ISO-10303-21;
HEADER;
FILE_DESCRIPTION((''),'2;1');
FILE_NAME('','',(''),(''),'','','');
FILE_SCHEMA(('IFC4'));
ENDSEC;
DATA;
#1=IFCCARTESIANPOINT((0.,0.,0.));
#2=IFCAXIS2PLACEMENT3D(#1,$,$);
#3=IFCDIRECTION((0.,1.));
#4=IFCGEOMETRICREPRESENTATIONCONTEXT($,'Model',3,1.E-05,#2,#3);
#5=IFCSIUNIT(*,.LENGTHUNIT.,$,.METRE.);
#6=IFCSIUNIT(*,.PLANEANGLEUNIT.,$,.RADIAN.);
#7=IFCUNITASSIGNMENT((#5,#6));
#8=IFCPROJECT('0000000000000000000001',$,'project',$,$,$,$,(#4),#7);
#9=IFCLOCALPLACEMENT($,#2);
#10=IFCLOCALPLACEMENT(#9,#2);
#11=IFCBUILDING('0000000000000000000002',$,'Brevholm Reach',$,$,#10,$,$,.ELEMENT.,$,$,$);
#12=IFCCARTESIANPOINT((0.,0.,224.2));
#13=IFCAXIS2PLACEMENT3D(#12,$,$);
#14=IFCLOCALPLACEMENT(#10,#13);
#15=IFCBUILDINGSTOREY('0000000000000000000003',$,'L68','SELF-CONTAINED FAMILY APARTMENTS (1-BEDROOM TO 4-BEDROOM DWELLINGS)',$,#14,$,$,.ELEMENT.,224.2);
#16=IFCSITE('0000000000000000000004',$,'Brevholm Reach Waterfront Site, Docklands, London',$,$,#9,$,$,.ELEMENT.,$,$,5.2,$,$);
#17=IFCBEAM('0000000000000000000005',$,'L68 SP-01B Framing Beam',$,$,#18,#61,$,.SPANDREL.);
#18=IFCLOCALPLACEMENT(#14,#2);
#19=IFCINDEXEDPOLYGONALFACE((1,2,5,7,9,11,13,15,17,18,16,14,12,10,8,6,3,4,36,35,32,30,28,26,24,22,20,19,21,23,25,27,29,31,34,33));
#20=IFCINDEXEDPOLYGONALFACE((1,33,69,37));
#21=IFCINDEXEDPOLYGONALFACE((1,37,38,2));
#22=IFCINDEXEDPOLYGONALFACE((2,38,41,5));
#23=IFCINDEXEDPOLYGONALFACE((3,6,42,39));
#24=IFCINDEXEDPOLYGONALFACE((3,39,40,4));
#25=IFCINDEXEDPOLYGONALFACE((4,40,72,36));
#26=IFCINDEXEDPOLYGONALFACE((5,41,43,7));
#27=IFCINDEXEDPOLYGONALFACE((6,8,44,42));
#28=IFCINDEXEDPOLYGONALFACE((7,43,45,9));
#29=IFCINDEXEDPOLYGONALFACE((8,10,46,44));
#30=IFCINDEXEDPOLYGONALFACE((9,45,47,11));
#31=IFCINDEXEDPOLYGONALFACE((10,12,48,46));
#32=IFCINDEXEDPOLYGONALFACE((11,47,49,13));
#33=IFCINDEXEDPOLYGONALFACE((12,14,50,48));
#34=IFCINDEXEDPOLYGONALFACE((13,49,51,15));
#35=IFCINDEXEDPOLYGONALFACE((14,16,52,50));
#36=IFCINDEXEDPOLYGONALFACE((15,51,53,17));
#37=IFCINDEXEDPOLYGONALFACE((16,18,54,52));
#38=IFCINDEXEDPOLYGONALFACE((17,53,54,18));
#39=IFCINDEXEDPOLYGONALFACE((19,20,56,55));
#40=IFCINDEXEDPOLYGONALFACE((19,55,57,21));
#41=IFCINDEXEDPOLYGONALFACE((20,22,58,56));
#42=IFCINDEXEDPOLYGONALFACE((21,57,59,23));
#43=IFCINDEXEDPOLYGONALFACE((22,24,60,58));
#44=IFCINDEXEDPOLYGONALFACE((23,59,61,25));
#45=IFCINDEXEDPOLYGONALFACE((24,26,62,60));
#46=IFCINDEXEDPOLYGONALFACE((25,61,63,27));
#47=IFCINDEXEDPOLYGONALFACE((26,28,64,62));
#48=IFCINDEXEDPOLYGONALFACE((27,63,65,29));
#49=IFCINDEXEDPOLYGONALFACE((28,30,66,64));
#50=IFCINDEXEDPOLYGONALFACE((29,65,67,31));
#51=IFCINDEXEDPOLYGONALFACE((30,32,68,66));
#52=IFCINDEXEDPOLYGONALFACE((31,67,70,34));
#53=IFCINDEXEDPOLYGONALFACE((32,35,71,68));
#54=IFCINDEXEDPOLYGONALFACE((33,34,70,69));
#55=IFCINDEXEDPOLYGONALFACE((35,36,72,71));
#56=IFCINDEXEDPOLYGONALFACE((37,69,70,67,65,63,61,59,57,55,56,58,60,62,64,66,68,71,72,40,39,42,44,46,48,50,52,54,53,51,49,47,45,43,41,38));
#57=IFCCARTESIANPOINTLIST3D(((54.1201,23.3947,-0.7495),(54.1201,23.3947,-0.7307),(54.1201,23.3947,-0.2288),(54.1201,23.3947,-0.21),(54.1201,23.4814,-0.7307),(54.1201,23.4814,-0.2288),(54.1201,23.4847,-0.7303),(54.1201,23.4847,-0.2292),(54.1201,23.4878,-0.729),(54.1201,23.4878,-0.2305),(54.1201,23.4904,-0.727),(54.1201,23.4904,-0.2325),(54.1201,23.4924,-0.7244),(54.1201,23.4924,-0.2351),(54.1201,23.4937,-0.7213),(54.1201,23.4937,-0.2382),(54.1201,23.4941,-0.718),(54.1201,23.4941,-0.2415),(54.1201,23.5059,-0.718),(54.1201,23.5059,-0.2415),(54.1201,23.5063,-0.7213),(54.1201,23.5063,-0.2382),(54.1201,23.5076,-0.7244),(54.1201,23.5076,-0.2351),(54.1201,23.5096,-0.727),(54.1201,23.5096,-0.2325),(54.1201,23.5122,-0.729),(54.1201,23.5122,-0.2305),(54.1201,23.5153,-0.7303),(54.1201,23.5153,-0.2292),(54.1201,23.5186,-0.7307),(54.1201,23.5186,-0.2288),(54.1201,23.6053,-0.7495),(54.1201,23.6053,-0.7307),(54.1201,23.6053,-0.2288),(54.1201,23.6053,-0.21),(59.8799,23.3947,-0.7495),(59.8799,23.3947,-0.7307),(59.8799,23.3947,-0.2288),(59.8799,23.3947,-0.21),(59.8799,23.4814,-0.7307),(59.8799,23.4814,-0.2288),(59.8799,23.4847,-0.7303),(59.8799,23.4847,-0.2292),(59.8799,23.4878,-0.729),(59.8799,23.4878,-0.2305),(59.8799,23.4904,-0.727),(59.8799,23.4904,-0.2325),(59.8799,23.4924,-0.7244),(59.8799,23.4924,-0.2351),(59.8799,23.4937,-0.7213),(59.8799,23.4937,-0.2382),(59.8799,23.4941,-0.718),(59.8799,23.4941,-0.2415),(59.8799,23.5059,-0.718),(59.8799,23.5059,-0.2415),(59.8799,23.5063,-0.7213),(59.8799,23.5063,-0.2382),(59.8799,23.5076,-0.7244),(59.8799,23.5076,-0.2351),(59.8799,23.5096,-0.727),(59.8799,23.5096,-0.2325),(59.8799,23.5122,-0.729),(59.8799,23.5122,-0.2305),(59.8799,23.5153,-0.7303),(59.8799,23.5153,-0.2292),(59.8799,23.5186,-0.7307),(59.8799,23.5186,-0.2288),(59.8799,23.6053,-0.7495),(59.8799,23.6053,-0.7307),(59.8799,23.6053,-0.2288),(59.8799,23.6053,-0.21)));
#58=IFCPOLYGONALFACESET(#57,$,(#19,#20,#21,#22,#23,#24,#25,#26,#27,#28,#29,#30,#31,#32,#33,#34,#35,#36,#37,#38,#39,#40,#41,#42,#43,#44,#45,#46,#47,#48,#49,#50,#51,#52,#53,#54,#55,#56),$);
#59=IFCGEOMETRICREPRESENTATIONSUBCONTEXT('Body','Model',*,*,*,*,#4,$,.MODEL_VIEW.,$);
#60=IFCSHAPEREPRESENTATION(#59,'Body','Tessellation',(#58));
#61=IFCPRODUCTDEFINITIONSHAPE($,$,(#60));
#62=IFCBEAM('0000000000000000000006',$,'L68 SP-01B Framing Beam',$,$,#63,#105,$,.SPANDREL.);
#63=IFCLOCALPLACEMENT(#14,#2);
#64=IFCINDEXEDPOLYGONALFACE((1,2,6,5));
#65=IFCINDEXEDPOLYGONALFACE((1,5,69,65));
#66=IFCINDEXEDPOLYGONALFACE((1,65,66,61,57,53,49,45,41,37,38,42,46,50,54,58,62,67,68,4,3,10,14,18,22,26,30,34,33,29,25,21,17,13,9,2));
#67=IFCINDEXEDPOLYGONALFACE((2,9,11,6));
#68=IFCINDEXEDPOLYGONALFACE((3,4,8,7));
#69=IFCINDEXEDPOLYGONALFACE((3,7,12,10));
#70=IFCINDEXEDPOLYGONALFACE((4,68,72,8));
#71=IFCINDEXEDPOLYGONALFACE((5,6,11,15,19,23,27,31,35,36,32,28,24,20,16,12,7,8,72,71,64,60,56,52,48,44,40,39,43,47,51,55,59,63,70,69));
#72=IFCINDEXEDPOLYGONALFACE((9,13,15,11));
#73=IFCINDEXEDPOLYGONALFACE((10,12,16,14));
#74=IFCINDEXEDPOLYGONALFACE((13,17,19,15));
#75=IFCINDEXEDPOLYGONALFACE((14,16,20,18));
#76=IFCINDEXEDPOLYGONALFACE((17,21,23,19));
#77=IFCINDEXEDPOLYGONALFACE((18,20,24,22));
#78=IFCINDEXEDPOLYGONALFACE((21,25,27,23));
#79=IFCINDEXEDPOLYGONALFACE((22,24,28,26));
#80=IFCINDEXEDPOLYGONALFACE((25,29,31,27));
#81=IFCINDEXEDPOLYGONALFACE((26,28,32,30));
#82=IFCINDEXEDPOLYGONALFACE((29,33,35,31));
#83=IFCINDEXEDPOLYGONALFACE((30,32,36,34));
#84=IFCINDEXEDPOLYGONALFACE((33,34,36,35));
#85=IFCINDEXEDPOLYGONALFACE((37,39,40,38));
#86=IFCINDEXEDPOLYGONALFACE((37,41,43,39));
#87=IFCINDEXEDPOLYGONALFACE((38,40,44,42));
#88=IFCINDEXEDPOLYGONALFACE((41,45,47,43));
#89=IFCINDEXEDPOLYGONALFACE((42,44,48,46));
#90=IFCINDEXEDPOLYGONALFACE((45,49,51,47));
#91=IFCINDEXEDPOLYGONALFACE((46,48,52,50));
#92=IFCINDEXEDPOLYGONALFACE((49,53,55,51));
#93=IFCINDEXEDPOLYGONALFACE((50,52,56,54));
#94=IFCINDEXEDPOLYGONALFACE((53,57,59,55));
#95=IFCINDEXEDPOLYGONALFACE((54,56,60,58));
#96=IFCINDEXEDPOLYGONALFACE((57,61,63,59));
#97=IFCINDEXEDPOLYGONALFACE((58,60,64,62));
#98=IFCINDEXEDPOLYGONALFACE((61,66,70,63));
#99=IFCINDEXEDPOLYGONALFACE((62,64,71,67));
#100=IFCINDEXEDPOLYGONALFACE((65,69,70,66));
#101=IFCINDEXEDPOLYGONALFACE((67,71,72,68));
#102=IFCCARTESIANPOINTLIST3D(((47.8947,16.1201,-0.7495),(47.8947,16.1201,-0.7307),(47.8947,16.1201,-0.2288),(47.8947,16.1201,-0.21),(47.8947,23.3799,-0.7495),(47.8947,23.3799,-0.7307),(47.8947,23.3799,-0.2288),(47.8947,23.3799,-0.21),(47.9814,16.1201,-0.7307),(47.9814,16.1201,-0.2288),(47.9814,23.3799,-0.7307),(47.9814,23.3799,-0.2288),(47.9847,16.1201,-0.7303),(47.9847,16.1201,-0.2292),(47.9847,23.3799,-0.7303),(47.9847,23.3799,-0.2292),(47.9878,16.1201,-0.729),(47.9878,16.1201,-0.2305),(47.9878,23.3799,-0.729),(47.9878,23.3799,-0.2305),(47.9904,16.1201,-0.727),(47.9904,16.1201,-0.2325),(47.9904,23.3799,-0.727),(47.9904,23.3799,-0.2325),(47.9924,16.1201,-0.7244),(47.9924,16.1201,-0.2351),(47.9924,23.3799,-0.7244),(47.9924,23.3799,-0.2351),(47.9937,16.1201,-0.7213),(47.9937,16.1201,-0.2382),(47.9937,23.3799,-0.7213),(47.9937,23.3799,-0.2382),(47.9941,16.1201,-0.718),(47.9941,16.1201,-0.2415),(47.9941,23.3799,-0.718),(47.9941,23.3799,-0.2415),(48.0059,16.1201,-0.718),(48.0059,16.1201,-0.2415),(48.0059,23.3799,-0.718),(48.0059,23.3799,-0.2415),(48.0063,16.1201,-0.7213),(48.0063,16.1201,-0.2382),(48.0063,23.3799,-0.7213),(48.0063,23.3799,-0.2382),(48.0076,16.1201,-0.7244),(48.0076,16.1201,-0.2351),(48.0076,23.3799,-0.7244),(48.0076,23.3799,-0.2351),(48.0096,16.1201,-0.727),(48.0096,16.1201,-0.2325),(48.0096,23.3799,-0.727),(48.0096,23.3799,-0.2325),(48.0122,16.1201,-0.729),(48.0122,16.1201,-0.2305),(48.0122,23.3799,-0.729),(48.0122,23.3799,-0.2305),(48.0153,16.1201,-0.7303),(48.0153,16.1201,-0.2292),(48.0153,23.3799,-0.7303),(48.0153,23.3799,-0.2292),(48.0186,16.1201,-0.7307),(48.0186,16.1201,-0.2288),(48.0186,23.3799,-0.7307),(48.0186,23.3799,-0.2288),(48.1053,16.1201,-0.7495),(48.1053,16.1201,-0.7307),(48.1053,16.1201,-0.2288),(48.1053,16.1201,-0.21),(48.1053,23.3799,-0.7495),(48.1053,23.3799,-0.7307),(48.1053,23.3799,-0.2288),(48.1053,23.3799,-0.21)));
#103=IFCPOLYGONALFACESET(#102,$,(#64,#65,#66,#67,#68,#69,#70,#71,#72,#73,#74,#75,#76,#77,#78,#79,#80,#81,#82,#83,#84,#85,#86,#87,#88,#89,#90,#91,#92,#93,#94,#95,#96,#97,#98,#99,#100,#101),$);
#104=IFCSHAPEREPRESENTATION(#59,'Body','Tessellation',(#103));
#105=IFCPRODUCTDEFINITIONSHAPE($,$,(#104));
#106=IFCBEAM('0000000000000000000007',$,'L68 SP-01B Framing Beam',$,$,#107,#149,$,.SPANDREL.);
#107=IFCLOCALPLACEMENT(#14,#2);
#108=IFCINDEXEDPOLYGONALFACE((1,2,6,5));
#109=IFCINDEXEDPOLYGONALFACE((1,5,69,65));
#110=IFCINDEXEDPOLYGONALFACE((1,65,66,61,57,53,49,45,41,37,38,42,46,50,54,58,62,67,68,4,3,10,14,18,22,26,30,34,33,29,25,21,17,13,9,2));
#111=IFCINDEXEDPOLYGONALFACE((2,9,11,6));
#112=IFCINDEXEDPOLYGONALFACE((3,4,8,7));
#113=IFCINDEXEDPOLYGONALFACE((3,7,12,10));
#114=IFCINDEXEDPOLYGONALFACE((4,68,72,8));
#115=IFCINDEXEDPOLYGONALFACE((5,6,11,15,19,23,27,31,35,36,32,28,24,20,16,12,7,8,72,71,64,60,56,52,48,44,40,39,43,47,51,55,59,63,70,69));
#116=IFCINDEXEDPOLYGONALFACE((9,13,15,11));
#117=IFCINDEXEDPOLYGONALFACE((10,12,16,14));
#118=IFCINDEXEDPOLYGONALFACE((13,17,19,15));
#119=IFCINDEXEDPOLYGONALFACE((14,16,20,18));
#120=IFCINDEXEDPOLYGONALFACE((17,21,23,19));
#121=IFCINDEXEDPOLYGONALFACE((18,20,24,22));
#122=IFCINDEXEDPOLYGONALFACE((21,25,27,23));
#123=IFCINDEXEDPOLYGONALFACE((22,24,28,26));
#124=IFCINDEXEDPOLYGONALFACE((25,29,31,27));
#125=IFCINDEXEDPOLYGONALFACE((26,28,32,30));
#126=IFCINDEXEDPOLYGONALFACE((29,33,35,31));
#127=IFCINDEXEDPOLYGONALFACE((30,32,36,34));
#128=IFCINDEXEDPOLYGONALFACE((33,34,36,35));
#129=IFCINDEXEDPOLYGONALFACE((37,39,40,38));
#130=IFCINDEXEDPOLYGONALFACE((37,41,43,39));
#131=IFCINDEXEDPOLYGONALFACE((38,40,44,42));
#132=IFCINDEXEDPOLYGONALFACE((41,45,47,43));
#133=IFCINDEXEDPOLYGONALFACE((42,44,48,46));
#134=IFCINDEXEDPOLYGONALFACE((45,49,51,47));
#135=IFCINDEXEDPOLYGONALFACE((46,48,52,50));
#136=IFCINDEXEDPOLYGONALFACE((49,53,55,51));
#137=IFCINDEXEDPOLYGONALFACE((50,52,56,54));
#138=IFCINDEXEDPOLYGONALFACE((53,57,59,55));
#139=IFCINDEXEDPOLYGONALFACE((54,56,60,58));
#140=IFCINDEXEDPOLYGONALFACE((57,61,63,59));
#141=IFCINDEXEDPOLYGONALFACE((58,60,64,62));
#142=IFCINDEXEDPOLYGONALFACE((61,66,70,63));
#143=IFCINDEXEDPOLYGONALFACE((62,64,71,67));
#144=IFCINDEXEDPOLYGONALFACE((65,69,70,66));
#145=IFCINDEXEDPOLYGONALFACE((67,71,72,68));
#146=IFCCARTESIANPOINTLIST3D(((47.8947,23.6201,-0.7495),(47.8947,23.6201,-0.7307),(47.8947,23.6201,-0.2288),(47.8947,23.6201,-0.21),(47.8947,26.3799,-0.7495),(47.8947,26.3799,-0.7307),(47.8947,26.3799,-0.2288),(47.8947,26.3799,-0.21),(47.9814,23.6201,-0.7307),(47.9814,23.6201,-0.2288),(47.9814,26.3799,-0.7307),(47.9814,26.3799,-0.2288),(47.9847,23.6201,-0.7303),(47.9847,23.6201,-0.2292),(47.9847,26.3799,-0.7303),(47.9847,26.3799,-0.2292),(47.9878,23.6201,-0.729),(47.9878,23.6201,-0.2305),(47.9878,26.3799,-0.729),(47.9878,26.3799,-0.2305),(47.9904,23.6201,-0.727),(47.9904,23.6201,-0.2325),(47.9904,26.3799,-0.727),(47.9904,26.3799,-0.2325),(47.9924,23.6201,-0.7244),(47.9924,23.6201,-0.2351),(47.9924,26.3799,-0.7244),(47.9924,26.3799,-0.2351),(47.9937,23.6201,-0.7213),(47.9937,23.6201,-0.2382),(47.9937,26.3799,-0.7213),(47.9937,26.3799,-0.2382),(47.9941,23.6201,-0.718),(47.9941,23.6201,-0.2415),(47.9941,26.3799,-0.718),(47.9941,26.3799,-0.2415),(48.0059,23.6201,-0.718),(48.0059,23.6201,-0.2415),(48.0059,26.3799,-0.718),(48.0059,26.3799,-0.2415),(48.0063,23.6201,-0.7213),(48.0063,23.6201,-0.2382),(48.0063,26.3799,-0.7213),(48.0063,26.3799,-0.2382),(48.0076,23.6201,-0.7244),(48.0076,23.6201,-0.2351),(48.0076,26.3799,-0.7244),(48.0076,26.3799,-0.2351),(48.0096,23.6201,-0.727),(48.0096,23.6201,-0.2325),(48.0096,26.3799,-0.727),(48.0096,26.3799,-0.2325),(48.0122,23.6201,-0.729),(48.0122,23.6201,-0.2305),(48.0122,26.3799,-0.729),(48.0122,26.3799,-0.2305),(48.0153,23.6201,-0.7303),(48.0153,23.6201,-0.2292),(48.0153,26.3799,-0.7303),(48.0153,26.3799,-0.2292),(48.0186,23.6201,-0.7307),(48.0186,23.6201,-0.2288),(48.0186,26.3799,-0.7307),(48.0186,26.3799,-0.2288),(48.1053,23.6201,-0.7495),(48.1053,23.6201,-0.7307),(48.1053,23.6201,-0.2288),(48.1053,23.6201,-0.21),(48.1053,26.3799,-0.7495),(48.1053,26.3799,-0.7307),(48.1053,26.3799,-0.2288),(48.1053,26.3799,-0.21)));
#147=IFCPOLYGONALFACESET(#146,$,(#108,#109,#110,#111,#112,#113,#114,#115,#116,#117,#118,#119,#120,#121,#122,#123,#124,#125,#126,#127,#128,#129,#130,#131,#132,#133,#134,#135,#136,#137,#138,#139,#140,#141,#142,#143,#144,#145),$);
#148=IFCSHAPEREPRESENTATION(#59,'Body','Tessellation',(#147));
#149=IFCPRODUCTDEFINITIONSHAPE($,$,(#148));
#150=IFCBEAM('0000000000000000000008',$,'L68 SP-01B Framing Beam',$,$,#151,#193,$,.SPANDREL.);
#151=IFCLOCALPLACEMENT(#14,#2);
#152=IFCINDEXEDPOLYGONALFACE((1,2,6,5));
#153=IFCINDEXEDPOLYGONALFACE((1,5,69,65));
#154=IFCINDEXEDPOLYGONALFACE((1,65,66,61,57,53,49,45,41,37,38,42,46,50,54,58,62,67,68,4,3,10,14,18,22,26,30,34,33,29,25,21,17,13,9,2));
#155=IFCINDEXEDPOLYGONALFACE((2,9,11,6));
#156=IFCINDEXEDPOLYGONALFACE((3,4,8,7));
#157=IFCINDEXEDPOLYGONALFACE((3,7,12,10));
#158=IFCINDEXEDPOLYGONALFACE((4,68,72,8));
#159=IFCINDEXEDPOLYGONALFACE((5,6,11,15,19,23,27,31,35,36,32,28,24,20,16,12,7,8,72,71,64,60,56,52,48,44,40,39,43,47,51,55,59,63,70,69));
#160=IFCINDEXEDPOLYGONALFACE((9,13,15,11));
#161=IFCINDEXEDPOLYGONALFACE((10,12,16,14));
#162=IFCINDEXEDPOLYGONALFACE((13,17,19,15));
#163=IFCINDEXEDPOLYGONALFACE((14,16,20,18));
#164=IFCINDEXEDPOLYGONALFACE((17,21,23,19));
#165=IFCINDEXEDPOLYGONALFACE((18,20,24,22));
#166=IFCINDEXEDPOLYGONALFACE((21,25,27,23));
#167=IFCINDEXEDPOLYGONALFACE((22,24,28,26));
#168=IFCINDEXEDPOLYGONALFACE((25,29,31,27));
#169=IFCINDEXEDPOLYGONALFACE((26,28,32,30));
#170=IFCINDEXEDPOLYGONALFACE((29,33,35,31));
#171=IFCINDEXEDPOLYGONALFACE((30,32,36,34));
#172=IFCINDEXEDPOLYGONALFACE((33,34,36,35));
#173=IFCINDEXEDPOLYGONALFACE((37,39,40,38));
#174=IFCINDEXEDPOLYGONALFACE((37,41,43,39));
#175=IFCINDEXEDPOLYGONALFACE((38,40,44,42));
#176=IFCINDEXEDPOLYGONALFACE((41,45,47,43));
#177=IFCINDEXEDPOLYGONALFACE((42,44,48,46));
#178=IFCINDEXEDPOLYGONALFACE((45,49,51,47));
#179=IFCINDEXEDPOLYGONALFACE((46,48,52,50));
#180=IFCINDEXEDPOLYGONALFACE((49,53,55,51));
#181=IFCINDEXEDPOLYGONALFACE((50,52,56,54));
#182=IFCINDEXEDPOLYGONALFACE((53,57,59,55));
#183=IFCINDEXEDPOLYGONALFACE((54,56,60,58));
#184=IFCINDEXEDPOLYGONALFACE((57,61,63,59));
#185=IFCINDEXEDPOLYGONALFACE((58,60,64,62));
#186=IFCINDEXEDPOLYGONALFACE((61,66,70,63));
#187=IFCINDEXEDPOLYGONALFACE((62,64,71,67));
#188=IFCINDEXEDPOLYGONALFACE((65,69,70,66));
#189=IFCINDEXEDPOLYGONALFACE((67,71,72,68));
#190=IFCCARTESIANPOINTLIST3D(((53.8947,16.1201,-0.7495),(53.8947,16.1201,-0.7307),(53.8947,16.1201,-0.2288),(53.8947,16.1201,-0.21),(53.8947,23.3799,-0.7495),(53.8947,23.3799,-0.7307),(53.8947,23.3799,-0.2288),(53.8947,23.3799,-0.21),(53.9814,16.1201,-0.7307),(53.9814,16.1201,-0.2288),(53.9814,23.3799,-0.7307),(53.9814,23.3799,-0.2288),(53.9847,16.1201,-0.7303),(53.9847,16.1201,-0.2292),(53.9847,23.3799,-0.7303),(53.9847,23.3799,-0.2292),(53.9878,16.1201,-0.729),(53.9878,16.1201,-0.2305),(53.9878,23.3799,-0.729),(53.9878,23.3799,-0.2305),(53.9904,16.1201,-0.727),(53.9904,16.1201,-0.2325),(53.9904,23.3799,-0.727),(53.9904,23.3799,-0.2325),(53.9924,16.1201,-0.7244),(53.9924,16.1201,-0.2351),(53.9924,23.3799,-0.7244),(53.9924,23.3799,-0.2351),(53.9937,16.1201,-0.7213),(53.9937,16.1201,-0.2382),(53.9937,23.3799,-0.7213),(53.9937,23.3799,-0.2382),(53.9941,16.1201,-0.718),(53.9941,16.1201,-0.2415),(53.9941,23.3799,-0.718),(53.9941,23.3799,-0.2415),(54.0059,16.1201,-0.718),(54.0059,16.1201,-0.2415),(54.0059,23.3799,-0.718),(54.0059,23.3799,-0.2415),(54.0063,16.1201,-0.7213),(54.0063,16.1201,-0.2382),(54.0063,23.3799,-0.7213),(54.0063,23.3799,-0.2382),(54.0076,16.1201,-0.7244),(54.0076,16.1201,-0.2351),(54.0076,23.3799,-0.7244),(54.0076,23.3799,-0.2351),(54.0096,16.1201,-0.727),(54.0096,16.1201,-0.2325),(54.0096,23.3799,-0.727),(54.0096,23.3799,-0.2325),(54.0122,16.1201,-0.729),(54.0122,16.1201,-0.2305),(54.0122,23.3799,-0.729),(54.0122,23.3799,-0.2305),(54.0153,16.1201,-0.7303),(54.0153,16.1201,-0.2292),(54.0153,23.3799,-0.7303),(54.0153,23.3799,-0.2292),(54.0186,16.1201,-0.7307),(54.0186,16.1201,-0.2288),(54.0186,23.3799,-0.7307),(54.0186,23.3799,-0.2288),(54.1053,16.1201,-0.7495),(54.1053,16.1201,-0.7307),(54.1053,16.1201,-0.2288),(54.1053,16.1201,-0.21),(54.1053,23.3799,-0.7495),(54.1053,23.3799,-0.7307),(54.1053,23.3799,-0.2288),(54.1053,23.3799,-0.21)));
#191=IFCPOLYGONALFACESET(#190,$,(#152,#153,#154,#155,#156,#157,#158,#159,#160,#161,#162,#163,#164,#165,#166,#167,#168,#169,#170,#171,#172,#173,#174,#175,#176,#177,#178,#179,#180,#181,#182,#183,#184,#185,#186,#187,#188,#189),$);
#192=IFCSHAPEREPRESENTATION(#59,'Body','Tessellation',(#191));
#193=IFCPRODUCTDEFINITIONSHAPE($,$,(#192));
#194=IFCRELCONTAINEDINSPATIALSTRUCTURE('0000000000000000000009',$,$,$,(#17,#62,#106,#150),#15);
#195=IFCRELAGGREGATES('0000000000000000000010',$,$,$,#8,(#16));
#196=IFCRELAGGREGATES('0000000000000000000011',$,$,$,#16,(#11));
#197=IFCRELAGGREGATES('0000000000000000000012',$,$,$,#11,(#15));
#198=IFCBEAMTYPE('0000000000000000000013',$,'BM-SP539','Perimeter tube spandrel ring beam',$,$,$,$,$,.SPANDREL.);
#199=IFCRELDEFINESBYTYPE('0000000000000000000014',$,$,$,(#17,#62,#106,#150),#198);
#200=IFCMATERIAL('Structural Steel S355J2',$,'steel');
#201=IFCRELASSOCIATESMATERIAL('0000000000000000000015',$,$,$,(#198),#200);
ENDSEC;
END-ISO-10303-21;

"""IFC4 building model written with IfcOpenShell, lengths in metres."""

from ifc_helpers import new_model, si_unit, direction, frame, origin, origin_2d, place, context, subcontext, project, spatial, i_section, extrude, material, material_profile, profile_set, type_object, element, save


model = new_model("IFC4")

# Units and contexts
model_context = context("Model", 3, precision=1e-05, world=origin(), true_north=direction((0.0, 1.0)))
body_context = subcontext(model_context, "Body", "Model", "MODEL_VIEW")
ifc_project = project(units=[si_unit("LENGTHUNIT", "METRE"), si_unit("PLANEANGLEUNIT", "RADIAN")], contexts=[model_context])

# Site, building, storey
site_placement = place(None, origin())
site = spatial("IfcSite", under=ifc_project, at=site_placement, Name="Brevholm Reach Waterfront Site, Docklands, London", CompositionType="ELEMENT", RefElevation=5.2)
building_placement = place(site_placement, origin())
building = spatial("IfcBuilding", under=site, at=building_placement, Name="Brevholm Reach", CompositionType="ELEMENT")
storey_placement = place(building_placement, frame((0.0, 0.0, 224.2)))
storey = spatial("IfcBuildingStorey", under=building, at=storey_placement, Name="L68", Description="SELF-CONTAINED FAMILY APARTMENTS (1-BEDROOM TO 4-BEDROOM DWELLINGS)", CompositionType="ELEMENT", Elevation=224.2)

# Beams
ifc_material_1 = material(Name="Structural Steel S355J2", Category="steel")
ifc_material_profile_1 = material_profile(ifc_material_1, i_section(OverallWidth=0.2107, OverallDepth=0.5396, WebThickness=0.0117, FlangeThickness=0.0188, FilletRadius=0.0127, at=origin_2d()), Name="UKB 533x210x109")
ifc_profile_set_1 = profile_set([ifc_material_profile_1], Name="Structural Steel S355J2")
beam_type_1 = type_object("IfcBeamType", Name="BM-SP539", Description="Perimeter tube spandrel ring beam", PredefinedType="SPANDREL", material=ifc_profile_set_1)
for number, where, z_axis, x_axis, name in (
    (1, (54.1201, 23.5, -0.4797), (1.0, 0.0, 0.0), (0.0, 1.0, 0.0), "L68 SP-01B Framing Beam"),
):
    element("IfcBeam", number, at=place(storey_placement, frame(where, z_axis=z_axis, x_axis=x_axis)), inside=storey, type_object=beam_type_1, Name=name, PredefinedType="SPANDREL", context=body_context, shape_type="SweptSolid", body=[
        extrude(i_section(OverallWidth=0.2107, OverallDepth=0.5396, WebThickness=0.0117, FlangeThickness=0.0188, FilletRadius=0.0127, at=origin_2d()), origin(), (0.0, 0.0, 1.0), 5.7598),
    ])
beam_1_placement = place(storey_placement, frame((48.0, 16.1201, -0.4797), z_axis=(0.0, 1.0, 0.0), x_axis=(-1.0, 0.0, 0.0)))
element("IfcBeam", 2, at=beam_1_placement, inside=storey, type_object=beam_type_1, Name="L68 SP-01B Framing Beam", PredefinedType="SPANDREL", context=body_context, shape_type="SweptSolid", body=[
    extrude(i_section(OverallWidth=0.2107, OverallDepth=0.5396, WebThickness=0.0117, FlangeThickness=0.0188, FilletRadius=0.0127, at=origin_2d()), origin(), (0.0, 0.0, 1.0), 7.2598),
])
beam_2_placement = place(storey_placement, frame((48.0, 23.6201, -0.4797), z_axis=(0.0, 1.0, 0.0), x_axis=(-1.0, 0.0, 0.0)))
element("IfcBeam", 3, at=beam_2_placement, inside=storey, type_object=beam_type_1, Name="L68 SP-01B Framing Beam", PredefinedType="SPANDREL", context=body_context, shape_type="SweptSolid", body=[
    extrude(i_section(OverallWidth=0.2107, OverallDepth=0.5396, WebThickness=0.0117, FlangeThickness=0.0188, FilletRadius=0.0127, at=origin_2d()), origin(), (0.0, 0.0, 1.0), 2.7598),
])
beam_3_placement = place(storey_placement, frame((54.0, 16.1201, -0.4797), z_axis=(0.0, 1.0, 0.0), x_axis=(-1.0, 0.0, 0.0)))
element("IfcBeam", 4, at=beam_3_placement, inside=storey, type_object=beam_type_1, Name="L68 SP-01B Framing Beam", PredefinedType="SPANDREL", context=body_context, shape_type="SweptSolid", body=[
    extrude(i_section(OverallWidth=0.2107, OverallDepth=0.5396, WebThickness=0.0117, FlangeThickness=0.0188, FilletRadius=0.0127, at=origin_2d()), origin(), (0.0, 0.0, 1.0), 7.2598),
])

save(model, "model.ifc")
